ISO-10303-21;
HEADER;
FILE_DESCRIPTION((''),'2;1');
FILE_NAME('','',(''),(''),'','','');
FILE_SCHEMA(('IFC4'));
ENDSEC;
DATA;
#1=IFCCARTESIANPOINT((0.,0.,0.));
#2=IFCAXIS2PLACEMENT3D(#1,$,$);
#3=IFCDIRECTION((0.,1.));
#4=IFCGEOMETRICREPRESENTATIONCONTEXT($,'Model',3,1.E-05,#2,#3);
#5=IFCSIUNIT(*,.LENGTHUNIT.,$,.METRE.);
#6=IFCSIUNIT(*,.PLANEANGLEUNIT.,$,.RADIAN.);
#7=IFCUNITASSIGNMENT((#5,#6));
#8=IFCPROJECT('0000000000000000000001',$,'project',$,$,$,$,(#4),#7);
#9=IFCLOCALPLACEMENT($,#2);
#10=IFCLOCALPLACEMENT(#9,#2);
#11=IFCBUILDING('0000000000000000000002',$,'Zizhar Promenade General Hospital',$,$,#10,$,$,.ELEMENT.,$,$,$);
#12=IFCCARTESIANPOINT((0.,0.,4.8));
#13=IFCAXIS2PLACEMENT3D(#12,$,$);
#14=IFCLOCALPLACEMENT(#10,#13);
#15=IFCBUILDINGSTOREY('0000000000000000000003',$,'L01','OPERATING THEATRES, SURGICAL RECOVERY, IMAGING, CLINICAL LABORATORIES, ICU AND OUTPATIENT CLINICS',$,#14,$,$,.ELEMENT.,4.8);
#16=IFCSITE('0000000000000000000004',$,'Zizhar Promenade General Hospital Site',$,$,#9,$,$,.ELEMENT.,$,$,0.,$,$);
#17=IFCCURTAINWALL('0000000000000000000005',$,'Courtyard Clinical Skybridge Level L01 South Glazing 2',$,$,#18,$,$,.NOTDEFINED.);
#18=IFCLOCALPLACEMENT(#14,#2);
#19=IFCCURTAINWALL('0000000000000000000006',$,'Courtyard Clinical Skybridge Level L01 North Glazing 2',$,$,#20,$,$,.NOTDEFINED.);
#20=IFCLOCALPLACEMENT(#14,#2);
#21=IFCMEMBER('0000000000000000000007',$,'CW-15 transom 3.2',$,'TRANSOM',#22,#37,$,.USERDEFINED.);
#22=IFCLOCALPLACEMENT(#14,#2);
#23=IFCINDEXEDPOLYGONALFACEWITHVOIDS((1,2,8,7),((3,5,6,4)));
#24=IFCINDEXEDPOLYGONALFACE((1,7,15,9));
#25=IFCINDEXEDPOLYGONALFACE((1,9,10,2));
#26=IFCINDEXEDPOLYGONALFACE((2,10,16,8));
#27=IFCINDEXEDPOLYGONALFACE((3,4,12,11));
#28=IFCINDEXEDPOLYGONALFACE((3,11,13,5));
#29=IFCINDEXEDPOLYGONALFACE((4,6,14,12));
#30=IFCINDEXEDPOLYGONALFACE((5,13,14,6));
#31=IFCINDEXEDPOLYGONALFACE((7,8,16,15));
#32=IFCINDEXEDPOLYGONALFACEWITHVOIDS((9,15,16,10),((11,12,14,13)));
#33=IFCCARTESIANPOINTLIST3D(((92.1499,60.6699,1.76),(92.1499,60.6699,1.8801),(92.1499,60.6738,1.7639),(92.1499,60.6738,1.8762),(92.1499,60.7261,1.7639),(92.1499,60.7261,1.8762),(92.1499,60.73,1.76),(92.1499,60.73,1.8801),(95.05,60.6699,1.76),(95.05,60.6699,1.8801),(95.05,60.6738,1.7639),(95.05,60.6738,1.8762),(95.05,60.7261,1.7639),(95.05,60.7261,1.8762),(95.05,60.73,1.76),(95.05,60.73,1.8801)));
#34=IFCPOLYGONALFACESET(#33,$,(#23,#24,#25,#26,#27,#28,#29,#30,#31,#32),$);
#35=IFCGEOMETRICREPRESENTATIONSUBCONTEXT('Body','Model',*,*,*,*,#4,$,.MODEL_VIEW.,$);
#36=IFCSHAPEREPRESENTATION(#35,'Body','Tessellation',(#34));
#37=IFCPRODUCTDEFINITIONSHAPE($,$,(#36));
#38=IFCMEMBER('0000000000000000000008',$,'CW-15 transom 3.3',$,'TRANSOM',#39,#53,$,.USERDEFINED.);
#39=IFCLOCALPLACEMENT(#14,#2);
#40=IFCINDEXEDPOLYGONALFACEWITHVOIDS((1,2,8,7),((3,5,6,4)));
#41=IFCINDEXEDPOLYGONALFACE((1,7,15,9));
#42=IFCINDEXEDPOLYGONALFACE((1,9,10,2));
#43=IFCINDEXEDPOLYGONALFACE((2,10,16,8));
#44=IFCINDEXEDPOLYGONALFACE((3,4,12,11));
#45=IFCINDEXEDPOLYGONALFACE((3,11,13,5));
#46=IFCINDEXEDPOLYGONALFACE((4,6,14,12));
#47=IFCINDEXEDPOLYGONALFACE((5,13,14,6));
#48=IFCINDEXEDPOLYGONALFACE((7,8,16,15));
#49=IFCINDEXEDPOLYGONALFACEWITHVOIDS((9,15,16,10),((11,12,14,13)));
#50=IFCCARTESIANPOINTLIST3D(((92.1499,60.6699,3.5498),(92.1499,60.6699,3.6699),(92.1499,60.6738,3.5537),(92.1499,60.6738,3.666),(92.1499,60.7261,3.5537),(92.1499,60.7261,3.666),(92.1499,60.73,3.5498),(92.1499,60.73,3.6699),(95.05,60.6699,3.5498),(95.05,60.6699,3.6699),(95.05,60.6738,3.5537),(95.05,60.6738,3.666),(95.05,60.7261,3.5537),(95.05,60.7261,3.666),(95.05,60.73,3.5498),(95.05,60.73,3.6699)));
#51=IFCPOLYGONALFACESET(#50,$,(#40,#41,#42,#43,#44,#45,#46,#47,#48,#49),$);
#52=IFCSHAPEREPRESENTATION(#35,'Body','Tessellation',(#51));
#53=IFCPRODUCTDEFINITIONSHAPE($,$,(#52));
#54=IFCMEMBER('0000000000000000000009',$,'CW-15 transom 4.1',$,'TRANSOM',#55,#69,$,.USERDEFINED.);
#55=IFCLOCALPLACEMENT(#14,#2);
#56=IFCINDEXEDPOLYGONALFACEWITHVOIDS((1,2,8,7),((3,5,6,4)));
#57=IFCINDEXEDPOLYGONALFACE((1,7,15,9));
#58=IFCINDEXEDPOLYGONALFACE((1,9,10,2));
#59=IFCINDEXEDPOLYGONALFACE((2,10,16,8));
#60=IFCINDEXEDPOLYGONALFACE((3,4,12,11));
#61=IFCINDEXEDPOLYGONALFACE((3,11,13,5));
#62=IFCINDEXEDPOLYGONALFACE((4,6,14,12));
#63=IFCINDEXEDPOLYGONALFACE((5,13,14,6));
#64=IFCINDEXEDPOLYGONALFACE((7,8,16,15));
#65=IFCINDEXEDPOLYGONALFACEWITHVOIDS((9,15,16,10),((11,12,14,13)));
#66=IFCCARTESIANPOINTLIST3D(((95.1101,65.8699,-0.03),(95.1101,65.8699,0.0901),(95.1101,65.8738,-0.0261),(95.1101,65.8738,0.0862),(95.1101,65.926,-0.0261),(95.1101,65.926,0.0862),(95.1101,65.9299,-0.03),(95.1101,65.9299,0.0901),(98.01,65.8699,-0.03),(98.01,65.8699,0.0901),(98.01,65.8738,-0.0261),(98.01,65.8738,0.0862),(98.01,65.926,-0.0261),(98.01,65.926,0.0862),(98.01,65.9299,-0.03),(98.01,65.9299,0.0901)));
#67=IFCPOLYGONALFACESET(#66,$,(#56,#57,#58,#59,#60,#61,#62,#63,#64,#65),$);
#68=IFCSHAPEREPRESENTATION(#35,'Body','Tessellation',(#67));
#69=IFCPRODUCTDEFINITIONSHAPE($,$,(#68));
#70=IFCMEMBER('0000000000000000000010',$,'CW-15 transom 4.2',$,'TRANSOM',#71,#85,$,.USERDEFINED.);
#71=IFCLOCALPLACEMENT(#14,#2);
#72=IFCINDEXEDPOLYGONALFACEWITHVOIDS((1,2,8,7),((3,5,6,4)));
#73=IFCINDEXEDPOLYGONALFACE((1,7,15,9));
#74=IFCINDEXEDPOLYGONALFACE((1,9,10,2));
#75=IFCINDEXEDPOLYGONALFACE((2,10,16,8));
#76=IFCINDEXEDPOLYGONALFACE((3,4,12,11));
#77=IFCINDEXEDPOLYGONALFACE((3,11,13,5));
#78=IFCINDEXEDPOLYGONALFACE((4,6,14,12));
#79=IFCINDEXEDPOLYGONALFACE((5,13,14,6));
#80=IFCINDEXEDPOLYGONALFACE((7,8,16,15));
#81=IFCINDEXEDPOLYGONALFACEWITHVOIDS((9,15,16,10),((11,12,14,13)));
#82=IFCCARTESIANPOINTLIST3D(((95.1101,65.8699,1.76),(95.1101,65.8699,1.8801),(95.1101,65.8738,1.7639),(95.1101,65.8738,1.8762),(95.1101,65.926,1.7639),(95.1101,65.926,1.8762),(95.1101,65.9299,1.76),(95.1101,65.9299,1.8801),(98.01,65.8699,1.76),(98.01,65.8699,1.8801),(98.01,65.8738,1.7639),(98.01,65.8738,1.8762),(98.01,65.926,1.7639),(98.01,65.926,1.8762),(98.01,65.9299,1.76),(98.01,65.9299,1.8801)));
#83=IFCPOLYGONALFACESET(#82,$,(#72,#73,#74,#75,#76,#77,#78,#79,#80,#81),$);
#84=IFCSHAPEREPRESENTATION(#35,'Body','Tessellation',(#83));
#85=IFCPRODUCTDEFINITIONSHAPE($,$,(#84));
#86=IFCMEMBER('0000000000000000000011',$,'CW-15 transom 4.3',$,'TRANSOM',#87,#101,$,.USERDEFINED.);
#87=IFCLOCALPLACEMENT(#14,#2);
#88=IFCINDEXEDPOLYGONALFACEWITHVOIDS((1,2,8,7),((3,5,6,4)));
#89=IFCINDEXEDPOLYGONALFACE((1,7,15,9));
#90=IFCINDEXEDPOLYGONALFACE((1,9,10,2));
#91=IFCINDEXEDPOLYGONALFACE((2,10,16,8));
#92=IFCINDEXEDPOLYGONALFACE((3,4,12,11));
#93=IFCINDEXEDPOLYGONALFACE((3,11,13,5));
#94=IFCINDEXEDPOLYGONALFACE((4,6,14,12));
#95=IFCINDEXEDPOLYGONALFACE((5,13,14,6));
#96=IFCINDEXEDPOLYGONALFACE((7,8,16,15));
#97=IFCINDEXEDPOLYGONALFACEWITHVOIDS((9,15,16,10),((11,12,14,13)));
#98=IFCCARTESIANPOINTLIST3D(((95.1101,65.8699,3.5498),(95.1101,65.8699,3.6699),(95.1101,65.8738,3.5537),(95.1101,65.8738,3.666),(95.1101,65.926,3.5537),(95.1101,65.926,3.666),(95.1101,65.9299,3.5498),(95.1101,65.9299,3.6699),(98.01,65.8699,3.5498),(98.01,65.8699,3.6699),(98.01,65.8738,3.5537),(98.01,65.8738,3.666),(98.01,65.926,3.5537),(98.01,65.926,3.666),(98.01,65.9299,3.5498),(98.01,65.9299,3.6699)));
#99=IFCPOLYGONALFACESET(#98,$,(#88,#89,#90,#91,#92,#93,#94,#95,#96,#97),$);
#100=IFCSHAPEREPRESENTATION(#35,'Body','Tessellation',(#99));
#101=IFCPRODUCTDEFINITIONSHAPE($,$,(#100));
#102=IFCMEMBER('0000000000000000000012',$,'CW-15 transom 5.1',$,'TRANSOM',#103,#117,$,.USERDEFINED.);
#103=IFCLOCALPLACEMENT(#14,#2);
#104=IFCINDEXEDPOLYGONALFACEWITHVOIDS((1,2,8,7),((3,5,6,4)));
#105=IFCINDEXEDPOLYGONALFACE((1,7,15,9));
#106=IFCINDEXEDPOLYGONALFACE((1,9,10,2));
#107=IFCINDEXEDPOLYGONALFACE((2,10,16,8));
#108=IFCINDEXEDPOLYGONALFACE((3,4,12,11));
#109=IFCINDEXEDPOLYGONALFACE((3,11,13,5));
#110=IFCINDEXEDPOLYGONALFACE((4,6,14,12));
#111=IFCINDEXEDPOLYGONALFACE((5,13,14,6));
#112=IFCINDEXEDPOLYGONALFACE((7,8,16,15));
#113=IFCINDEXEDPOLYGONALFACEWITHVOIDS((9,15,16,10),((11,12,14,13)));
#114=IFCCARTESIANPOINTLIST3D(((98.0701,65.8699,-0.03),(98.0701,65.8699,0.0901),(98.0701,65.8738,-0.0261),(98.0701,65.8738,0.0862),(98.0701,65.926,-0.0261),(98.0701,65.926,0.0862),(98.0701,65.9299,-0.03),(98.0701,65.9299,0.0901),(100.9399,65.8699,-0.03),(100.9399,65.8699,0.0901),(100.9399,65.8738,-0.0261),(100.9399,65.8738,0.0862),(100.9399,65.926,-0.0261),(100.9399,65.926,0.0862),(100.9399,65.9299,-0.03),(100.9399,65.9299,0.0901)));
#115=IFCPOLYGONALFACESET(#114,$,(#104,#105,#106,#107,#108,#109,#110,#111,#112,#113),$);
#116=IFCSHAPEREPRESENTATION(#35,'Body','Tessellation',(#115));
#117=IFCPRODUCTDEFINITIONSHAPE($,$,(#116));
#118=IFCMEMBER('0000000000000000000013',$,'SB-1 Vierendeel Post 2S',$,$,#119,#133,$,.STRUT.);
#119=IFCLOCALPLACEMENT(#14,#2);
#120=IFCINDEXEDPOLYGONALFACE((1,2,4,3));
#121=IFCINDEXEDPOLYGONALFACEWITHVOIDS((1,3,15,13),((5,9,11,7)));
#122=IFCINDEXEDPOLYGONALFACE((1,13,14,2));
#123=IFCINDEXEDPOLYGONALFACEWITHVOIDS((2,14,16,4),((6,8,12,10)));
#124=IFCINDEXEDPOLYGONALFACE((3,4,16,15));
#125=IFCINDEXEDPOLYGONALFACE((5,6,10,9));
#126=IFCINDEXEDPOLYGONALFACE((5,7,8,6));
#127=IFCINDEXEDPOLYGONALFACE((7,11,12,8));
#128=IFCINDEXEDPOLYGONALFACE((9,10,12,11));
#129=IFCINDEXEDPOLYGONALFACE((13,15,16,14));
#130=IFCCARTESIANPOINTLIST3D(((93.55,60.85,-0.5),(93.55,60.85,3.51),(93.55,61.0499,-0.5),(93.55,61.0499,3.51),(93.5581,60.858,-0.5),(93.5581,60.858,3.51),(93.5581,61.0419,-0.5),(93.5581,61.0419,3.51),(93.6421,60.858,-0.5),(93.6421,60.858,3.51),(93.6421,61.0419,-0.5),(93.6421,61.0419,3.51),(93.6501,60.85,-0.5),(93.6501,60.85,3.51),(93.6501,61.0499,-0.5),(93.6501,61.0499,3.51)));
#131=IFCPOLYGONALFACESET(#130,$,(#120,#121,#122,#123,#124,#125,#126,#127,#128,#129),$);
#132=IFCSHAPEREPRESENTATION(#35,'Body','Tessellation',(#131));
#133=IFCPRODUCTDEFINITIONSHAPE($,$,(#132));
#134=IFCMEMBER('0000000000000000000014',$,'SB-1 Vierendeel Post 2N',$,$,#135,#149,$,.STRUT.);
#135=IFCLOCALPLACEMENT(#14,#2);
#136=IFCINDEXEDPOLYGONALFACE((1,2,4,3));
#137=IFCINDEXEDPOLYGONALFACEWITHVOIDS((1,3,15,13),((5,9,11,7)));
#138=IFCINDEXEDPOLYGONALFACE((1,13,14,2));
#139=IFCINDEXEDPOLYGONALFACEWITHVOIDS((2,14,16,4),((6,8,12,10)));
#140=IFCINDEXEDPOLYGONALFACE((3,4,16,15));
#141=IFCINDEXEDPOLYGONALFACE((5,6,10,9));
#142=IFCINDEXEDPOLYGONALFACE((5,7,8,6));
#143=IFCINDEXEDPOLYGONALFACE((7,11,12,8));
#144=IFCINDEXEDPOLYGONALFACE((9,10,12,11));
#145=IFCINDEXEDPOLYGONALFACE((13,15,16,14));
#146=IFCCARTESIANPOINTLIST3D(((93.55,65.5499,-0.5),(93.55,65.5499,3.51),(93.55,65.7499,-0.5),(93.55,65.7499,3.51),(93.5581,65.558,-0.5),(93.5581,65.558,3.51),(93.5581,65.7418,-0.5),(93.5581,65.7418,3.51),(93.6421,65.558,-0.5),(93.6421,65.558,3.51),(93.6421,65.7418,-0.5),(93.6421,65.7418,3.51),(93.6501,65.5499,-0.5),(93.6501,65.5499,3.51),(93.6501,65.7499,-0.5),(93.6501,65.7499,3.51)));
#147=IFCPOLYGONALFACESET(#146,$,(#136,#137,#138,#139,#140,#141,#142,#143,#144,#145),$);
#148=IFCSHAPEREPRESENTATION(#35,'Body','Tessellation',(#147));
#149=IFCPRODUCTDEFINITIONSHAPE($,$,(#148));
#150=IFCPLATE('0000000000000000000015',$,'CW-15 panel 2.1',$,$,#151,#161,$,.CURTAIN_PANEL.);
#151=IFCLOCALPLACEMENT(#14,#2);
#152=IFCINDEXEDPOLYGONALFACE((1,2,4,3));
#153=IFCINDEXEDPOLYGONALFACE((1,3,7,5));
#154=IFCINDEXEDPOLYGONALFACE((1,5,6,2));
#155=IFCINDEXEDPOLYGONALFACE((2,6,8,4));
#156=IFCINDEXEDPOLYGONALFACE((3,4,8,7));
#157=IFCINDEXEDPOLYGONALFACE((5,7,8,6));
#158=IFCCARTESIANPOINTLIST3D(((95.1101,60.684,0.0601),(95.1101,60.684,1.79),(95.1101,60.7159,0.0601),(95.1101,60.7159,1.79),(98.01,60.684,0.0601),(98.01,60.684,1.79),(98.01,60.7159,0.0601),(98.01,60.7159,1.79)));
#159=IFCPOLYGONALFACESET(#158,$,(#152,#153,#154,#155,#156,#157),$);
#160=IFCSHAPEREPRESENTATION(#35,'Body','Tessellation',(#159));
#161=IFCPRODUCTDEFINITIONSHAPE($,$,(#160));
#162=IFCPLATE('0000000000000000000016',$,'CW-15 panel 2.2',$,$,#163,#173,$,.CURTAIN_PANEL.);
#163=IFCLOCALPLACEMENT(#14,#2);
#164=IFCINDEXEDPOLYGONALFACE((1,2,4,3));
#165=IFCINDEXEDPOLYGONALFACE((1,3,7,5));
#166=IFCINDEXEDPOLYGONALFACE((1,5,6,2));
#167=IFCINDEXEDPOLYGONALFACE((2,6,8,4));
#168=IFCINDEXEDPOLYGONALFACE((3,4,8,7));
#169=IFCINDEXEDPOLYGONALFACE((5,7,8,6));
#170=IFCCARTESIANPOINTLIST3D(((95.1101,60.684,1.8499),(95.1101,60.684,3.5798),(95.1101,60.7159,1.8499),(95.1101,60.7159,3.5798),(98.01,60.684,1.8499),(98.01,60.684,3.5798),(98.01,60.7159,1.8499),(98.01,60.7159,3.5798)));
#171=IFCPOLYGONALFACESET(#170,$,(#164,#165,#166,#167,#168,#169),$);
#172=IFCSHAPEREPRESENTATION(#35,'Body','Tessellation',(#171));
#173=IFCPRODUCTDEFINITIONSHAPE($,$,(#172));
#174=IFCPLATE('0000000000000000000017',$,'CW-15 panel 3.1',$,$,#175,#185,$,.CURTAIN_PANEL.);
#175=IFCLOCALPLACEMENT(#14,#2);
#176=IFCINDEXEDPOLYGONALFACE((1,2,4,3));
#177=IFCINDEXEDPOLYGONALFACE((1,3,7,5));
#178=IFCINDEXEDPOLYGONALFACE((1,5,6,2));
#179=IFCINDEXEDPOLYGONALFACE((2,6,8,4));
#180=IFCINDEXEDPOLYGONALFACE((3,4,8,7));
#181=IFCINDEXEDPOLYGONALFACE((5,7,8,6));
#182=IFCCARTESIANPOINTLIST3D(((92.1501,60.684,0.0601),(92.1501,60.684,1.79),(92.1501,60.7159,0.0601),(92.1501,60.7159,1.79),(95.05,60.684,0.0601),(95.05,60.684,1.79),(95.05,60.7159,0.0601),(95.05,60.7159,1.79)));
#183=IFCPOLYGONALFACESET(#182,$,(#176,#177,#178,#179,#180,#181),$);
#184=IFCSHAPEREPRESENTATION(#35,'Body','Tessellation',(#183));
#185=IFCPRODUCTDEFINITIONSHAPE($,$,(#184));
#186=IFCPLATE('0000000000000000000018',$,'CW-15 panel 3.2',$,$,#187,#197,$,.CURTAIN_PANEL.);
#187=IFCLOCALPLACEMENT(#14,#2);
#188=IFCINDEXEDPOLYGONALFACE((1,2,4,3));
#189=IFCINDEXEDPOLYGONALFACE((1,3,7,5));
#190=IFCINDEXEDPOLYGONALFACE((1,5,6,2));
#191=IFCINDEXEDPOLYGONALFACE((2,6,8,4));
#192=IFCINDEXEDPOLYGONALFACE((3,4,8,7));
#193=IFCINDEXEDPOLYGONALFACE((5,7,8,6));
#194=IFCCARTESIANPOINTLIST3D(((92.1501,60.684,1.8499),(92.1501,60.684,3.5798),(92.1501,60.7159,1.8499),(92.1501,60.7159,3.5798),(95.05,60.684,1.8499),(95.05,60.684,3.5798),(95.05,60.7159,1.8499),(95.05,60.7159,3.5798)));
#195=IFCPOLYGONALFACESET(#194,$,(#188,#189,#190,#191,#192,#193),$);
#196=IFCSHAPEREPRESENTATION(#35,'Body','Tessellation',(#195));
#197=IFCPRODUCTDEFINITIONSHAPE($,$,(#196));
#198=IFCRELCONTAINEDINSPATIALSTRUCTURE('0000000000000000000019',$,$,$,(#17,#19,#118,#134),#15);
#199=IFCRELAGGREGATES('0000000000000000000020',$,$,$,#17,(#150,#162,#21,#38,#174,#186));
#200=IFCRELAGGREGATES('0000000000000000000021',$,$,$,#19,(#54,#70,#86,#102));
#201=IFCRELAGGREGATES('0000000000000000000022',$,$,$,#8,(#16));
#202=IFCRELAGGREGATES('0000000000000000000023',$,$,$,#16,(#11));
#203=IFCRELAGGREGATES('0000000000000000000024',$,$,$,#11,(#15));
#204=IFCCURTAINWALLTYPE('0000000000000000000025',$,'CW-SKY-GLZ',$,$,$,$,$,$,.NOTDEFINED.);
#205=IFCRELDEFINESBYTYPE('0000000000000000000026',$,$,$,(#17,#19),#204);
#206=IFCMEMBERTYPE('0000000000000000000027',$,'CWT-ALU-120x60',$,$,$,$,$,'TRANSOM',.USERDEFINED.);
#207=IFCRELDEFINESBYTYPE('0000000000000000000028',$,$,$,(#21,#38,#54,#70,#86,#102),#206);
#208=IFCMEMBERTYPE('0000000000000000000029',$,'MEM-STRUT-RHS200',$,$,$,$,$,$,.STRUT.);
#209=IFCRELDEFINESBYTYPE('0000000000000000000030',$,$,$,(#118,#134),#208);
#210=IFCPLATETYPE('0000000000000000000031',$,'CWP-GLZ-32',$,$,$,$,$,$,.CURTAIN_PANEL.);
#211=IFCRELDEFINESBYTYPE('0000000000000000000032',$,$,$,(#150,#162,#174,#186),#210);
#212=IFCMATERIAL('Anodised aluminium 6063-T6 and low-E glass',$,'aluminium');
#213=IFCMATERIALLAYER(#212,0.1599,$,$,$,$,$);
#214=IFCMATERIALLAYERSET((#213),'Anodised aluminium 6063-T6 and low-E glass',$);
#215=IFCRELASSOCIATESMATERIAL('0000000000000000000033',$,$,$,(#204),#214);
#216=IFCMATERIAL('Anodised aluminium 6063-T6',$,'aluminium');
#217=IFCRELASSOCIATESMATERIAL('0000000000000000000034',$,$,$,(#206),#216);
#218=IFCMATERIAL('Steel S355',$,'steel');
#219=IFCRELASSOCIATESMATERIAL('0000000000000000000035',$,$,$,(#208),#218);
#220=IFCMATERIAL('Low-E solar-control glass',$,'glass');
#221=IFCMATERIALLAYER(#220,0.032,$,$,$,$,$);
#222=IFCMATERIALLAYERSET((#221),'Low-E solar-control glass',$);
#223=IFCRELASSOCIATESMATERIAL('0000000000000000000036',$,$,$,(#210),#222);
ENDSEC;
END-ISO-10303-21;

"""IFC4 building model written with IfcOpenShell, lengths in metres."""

from ifc_helpers import new_model, si_unit, direction, frame, origin, origin_2d, place, context, subcontext, project, spatial, rectangle, hollow_rectangle, extrude, material, layer, layer_set, material_profile, profile_set, type_object, element, aggregate, save


model = new_model("IFC4")

# Units and contexts
model_context = context("Model", 3, precision=1e-05, world=origin(), true_north=direction((0.0, 1.0)))
body_context = subcontext(model_context, "Body", "Model", "MODEL_VIEW")
ifc_project = project(units=[si_unit("LENGTHUNIT", "METRE"), si_unit("PLANEANGLEUNIT", "RADIAN")], contexts=[model_context])

# Site, building, storey
site_placement = place(None, origin())
site = spatial("IfcSite", under=ifc_project, at=site_placement, Name="Zizhar Promenade General Hospital Site", CompositionType="ELEMENT", RefElevation=0.0)
building_placement = place(site_placement, origin())
building = spatial("IfcBuilding", under=site, at=building_placement, Name="Zizhar Promenade General Hospital", CompositionType="ELEMENT")
storey_placement = place(building_placement, frame((0.0, 0.0, 4.8)))
storey = spatial("IfcBuildingStorey", under=building, at=storey_placement, Name="L01", Description="OPERATING THEATRES, SURGICAL RECOVERY, IMAGING, CLINICAL LABORATORIES, ICU AND OUTPATIENT CLINICS", CompositionType="ELEMENT", Elevation=4.8)

# Curtain walls
ifc_material_1 = material(Name="Anodised aluminium 6063-T6 and low-E glass", Category="aluminium")
ifc_layer_1 = layer(ifc_material_1, 0.1599)
ifc_layer_set_1 = layer_set([ifc_layer_1], Name="Anodised aluminium 6063-T6 and low-E glass")
curtain_wall_type = type_object("IfcCurtainWallType", Name="CW-SKY-GLZ", PredefinedType="NOTDEFINED", material=ifc_layer_set_1)
curtain_wall_1_placement = place(storey_placement, origin())
curtain_wall_1 = element("IfcCurtainWall", 1, at=curtain_wall_1_placement, inside=storey, type_object=curtain_wall_type, Name="Courtyard Clinical Skybridge Level L01 South Glazing 2", PredefinedType="NOTDEFINED")
curtain_wall_2_placement = place(storey_placement, origin())
curtain_wall_2 = element("IfcCurtainWall", 2, at=curtain_wall_2_placement, inside=storey, type_object=curtain_wall_type, Name="Courtyard Clinical Skybridge Level L01 North Glazing 2", PredefinedType="NOTDEFINED")

# Members
ifc_material_2 = material(Name="Anodised aluminium 6063-T6", Category="aluminium")
ifc_material_profile_1 = material_profile(ifc_material_2, hollow_rectangle(XDim=0.0601, YDim=0.1201, WallThickness=0.0039, at=origin_2d()))
ifc_profile_set_1 = profile_set([ifc_material_profile_1], Name="Anodised aluminium 6063-T6")
member_type_1 = type_object("IfcMemberType", Name="CWT-ALU-120x60", ElementType="TRANSOM", PredefinedType="USERDEFINED", material=ifc_profile_set_1)
member_1_placement = place(storey_placement, frame((95.05, 60.7, 1.8201), z_axis=(-1.0, 0.0, 0.0), x_axis=(0.0, -1.0, 0.0)))
member_1 = element("IfcMember", 3, at=member_1_placement, type_object=member_type_1, Name="CW-15 transom 3.2", ObjectType="TRANSOM", PredefinedType="USERDEFINED", context=body_context, shape_type="SweptSolid", body=[
    extrude(hollow_rectangle(XDim=0.0601, YDim=0.1201, WallThickness=0.0039, at=origin_2d()), origin(), (0.0, 0.0, 1.0), 2.9001),
])
member_2_placement = place(storey_placement, frame((95.05, 60.7, 3.6099), z_axis=(-1.0, 0.0, 0.0), x_axis=(0.0, -1.0, 0.0)))
member_2 = element("IfcMember", 4, at=member_2_placement, type_object=member_type_1, Name="CW-15 transom 3.3", ObjectType="TRANSOM", PredefinedType="USERDEFINED", context=body_context, shape_type="SweptSolid", body=[
    extrude(hollow_rectangle(XDim=0.0601, YDim=0.1201, WallThickness=0.0039, at=origin_2d()), origin(), (0.0, 0.0, 1.0), 2.9001),
])
member_3_placement = place(storey_placement, frame((95.1101, 65.8999, 0.03), z_axis=(1.0, 0.0, 0.0), x_axis=(0.0, 1.0, 0.0)))
member_3 = element("IfcMember", 5, at=member_3_placement, type_object=member_type_1, Name="CW-15 transom 4.1", ObjectType="TRANSOM", PredefinedType="USERDEFINED", context=body_context, shape_type="SweptSolid", body=[
    extrude(hollow_rectangle(XDim=0.0601, YDim=0.1201, WallThickness=0.0039, at=origin_2d()), origin(), (0.0, 0.0, 1.0), 2.8999),
])
member_4_placement = place(storey_placement, frame((95.1101, 65.8999, 1.8201), z_axis=(1.0, 0.0, 0.0), x_axis=(0.0, 1.0, 0.0)))
member_4 = element("IfcMember", 6, at=member_4_placement, type_object=member_type_1, Name="CW-15 transom 4.2", ObjectType="TRANSOM", PredefinedType="USERDEFINED", context=body_context, shape_type="SweptSolid", body=[
    extrude(hollow_rectangle(XDim=0.0601, YDim=0.1201, WallThickness=0.0039, at=origin_2d()), origin(), (0.0, 0.0, 1.0), 2.8999),
])
member_5_placement = place(storey_placement, frame((95.1101, 65.8999, 3.6099), z_axis=(1.0, 0.0, 0.0), x_axis=(0.0, 1.0, 0.0)))
member_5 = element("IfcMember", 7, at=member_5_placement, type_object=member_type_1, Name="CW-15 transom 4.3", ObjectType="TRANSOM", PredefinedType="USERDEFINED", context=body_context, shape_type="SweptSolid", body=[
    extrude(hollow_rectangle(XDim=0.0601, YDim=0.1201, WallThickness=0.0039, at=origin_2d()), origin(), (0.0, 0.0, 1.0), 2.8999),
])
member_6_placement = place(storey_placement, frame((98.0701, 65.8999, 0.03), z_axis=(1.0, 0.0, 0.0), x_axis=(0.0, 1.0, 0.0)))
member_6 = element("IfcMember", 8, at=member_6_placement, type_object=member_type_1, Name="CW-15 transom 5.1", ObjectType="TRANSOM", PredefinedType="USERDEFINED", context=body_context, shape_type="SweptSolid", body=[
    extrude(hollow_rectangle(XDim=0.0601, YDim=0.1201, WallThickness=0.0039, at=origin_2d()), origin(), (0.0, 0.0, 1.0), 2.8699),
])

# Members
ifc_material_3 = material(Name="Steel S355", Category="steel")
ifc_material_profile_2 = material_profile(ifc_material_3, hollow_rectangle(XDim=0.1001, YDim=0.2, WallThickness=0.0081, at=origin_2d()))
ifc_profile_set_2 = profile_set([ifc_material_profile_2], Name="Steel S355")
member_type_2 = type_object("IfcMemberType", Name="MEM-STRUT-RHS200", PredefinedType="STRUT", material=ifc_profile_set_2)
for number, where, z_axis, x_axis, name in (
    (9, (93.6001, 60.95, -0.5), (0.0, 0.0, 1.0), (1.0, 0.0, 0.0), "SB-1 Vierendeel Post 2S"),
    (10, (93.6001, 65.6499, -0.5), (0.0, 0.0, 1.0), (1.0, 0.0, 0.0), "SB-1 Vierendeel Post 2N"),
):
    element("IfcMember", number, at=place(storey_placement, frame(where, z_axis=z_axis, x_axis=x_axis)), inside=storey, type_object=member_type_2, Name=name, PredefinedType="STRUT", context=body_context, shape_type="SweptSolid", body=[
        extrude(hollow_rectangle(XDim=0.1001, YDim=0.2, WallThickness=0.0081, at=origin_2d()), origin(), (0.0, 0.0, 1.0), 4.01),
    ])

# Plates
ifc_material_4 = material(Name="Low-E solar-control glass", Category="glass")
ifc_layer_2 = layer(ifc_material_4, 0.032)
ifc_layer_set_2 = layer_set([ifc_layer_2], Name="Low-E solar-control glass")
plate_type = type_object("IfcPlateType", Name="CWP-GLZ-32", PredefinedType="CURTAIN_PANEL", material=ifc_layer_set_2)
plate_1_placement = place(storey_placement, frame((96.5601, 60.7, 0.0601), z_axis=(0.0, 0.0, 1.0), x_axis=(-1.0, 0.0, 0.0)))
plate_1 = element("IfcPlate", 11, at=plate_1_placement, type_object=plate_type, Name="CW-15 panel 2.1", PredefinedType="CURTAIN_PANEL", context=body_context, shape_type="SweptSolid", body=[
    extrude(rectangle(XDim=2.8999, YDim=0.032, at=origin_2d()), origin(), (0.0, 0.0, 1.0), 1.73),
])
plate_2_placement = place(storey_placement, frame((96.5601, 60.7, 1.8499), z_axis=(0.0, 0.0, 1.0), x_axis=(-1.0, 0.0, 0.0)))
plate_2 = element("IfcPlate", 12, at=plate_2_placement, type_object=plate_type, Name="CW-15 panel 2.2", PredefinedType="CURTAIN_PANEL", context=body_context, shape_type="SweptSolid", body=[
    extrude(rectangle(XDim=2.8999, YDim=0.032, at=origin_2d()), origin(), (0.0, 0.0, 1.0), 1.73),
])
plate_3_placement = place(storey_placement, frame((93.6001, 60.7, 0.0601), z_axis=(0.0, 0.0, 1.0), x_axis=(-1.0, 0.0, 0.0)))
plate_3 = element("IfcPlate", 13, at=plate_3_placement, type_object=plate_type, Name="CW-15 panel 3.1", PredefinedType="CURTAIN_PANEL", context=body_context, shape_type="SweptSolid", body=[
    extrude(rectangle(XDim=2.8999, YDim=0.032, at=origin_2d()), origin(), (0.0, 0.0, 1.0), 1.73),
])
plate_4_placement = place(storey_placement, frame((93.6001, 60.7, 1.8499), z_axis=(0.0, 0.0, 1.0), x_axis=(-1.0, 0.0, 0.0)))
plate_4 = element("IfcPlate", 14, at=plate_4_placement, type_object=plate_type, Name="CW-15 panel 3.2", PredefinedType="CURTAIN_PANEL", context=body_context, shape_type="SweptSolid", body=[
    extrude(rectangle(XDim=2.8999, YDim=0.032, at=origin_2d()), origin(), (0.0, 0.0, 1.0), 1.73),
])
aggregate(curtain_wall_1, [plate_1, plate_2, member_1, member_2, plate_3, plate_4])
aggregate(curtain_wall_2, [member_3, member_4, member_5, member_6])

save(model, "model.ifc")
